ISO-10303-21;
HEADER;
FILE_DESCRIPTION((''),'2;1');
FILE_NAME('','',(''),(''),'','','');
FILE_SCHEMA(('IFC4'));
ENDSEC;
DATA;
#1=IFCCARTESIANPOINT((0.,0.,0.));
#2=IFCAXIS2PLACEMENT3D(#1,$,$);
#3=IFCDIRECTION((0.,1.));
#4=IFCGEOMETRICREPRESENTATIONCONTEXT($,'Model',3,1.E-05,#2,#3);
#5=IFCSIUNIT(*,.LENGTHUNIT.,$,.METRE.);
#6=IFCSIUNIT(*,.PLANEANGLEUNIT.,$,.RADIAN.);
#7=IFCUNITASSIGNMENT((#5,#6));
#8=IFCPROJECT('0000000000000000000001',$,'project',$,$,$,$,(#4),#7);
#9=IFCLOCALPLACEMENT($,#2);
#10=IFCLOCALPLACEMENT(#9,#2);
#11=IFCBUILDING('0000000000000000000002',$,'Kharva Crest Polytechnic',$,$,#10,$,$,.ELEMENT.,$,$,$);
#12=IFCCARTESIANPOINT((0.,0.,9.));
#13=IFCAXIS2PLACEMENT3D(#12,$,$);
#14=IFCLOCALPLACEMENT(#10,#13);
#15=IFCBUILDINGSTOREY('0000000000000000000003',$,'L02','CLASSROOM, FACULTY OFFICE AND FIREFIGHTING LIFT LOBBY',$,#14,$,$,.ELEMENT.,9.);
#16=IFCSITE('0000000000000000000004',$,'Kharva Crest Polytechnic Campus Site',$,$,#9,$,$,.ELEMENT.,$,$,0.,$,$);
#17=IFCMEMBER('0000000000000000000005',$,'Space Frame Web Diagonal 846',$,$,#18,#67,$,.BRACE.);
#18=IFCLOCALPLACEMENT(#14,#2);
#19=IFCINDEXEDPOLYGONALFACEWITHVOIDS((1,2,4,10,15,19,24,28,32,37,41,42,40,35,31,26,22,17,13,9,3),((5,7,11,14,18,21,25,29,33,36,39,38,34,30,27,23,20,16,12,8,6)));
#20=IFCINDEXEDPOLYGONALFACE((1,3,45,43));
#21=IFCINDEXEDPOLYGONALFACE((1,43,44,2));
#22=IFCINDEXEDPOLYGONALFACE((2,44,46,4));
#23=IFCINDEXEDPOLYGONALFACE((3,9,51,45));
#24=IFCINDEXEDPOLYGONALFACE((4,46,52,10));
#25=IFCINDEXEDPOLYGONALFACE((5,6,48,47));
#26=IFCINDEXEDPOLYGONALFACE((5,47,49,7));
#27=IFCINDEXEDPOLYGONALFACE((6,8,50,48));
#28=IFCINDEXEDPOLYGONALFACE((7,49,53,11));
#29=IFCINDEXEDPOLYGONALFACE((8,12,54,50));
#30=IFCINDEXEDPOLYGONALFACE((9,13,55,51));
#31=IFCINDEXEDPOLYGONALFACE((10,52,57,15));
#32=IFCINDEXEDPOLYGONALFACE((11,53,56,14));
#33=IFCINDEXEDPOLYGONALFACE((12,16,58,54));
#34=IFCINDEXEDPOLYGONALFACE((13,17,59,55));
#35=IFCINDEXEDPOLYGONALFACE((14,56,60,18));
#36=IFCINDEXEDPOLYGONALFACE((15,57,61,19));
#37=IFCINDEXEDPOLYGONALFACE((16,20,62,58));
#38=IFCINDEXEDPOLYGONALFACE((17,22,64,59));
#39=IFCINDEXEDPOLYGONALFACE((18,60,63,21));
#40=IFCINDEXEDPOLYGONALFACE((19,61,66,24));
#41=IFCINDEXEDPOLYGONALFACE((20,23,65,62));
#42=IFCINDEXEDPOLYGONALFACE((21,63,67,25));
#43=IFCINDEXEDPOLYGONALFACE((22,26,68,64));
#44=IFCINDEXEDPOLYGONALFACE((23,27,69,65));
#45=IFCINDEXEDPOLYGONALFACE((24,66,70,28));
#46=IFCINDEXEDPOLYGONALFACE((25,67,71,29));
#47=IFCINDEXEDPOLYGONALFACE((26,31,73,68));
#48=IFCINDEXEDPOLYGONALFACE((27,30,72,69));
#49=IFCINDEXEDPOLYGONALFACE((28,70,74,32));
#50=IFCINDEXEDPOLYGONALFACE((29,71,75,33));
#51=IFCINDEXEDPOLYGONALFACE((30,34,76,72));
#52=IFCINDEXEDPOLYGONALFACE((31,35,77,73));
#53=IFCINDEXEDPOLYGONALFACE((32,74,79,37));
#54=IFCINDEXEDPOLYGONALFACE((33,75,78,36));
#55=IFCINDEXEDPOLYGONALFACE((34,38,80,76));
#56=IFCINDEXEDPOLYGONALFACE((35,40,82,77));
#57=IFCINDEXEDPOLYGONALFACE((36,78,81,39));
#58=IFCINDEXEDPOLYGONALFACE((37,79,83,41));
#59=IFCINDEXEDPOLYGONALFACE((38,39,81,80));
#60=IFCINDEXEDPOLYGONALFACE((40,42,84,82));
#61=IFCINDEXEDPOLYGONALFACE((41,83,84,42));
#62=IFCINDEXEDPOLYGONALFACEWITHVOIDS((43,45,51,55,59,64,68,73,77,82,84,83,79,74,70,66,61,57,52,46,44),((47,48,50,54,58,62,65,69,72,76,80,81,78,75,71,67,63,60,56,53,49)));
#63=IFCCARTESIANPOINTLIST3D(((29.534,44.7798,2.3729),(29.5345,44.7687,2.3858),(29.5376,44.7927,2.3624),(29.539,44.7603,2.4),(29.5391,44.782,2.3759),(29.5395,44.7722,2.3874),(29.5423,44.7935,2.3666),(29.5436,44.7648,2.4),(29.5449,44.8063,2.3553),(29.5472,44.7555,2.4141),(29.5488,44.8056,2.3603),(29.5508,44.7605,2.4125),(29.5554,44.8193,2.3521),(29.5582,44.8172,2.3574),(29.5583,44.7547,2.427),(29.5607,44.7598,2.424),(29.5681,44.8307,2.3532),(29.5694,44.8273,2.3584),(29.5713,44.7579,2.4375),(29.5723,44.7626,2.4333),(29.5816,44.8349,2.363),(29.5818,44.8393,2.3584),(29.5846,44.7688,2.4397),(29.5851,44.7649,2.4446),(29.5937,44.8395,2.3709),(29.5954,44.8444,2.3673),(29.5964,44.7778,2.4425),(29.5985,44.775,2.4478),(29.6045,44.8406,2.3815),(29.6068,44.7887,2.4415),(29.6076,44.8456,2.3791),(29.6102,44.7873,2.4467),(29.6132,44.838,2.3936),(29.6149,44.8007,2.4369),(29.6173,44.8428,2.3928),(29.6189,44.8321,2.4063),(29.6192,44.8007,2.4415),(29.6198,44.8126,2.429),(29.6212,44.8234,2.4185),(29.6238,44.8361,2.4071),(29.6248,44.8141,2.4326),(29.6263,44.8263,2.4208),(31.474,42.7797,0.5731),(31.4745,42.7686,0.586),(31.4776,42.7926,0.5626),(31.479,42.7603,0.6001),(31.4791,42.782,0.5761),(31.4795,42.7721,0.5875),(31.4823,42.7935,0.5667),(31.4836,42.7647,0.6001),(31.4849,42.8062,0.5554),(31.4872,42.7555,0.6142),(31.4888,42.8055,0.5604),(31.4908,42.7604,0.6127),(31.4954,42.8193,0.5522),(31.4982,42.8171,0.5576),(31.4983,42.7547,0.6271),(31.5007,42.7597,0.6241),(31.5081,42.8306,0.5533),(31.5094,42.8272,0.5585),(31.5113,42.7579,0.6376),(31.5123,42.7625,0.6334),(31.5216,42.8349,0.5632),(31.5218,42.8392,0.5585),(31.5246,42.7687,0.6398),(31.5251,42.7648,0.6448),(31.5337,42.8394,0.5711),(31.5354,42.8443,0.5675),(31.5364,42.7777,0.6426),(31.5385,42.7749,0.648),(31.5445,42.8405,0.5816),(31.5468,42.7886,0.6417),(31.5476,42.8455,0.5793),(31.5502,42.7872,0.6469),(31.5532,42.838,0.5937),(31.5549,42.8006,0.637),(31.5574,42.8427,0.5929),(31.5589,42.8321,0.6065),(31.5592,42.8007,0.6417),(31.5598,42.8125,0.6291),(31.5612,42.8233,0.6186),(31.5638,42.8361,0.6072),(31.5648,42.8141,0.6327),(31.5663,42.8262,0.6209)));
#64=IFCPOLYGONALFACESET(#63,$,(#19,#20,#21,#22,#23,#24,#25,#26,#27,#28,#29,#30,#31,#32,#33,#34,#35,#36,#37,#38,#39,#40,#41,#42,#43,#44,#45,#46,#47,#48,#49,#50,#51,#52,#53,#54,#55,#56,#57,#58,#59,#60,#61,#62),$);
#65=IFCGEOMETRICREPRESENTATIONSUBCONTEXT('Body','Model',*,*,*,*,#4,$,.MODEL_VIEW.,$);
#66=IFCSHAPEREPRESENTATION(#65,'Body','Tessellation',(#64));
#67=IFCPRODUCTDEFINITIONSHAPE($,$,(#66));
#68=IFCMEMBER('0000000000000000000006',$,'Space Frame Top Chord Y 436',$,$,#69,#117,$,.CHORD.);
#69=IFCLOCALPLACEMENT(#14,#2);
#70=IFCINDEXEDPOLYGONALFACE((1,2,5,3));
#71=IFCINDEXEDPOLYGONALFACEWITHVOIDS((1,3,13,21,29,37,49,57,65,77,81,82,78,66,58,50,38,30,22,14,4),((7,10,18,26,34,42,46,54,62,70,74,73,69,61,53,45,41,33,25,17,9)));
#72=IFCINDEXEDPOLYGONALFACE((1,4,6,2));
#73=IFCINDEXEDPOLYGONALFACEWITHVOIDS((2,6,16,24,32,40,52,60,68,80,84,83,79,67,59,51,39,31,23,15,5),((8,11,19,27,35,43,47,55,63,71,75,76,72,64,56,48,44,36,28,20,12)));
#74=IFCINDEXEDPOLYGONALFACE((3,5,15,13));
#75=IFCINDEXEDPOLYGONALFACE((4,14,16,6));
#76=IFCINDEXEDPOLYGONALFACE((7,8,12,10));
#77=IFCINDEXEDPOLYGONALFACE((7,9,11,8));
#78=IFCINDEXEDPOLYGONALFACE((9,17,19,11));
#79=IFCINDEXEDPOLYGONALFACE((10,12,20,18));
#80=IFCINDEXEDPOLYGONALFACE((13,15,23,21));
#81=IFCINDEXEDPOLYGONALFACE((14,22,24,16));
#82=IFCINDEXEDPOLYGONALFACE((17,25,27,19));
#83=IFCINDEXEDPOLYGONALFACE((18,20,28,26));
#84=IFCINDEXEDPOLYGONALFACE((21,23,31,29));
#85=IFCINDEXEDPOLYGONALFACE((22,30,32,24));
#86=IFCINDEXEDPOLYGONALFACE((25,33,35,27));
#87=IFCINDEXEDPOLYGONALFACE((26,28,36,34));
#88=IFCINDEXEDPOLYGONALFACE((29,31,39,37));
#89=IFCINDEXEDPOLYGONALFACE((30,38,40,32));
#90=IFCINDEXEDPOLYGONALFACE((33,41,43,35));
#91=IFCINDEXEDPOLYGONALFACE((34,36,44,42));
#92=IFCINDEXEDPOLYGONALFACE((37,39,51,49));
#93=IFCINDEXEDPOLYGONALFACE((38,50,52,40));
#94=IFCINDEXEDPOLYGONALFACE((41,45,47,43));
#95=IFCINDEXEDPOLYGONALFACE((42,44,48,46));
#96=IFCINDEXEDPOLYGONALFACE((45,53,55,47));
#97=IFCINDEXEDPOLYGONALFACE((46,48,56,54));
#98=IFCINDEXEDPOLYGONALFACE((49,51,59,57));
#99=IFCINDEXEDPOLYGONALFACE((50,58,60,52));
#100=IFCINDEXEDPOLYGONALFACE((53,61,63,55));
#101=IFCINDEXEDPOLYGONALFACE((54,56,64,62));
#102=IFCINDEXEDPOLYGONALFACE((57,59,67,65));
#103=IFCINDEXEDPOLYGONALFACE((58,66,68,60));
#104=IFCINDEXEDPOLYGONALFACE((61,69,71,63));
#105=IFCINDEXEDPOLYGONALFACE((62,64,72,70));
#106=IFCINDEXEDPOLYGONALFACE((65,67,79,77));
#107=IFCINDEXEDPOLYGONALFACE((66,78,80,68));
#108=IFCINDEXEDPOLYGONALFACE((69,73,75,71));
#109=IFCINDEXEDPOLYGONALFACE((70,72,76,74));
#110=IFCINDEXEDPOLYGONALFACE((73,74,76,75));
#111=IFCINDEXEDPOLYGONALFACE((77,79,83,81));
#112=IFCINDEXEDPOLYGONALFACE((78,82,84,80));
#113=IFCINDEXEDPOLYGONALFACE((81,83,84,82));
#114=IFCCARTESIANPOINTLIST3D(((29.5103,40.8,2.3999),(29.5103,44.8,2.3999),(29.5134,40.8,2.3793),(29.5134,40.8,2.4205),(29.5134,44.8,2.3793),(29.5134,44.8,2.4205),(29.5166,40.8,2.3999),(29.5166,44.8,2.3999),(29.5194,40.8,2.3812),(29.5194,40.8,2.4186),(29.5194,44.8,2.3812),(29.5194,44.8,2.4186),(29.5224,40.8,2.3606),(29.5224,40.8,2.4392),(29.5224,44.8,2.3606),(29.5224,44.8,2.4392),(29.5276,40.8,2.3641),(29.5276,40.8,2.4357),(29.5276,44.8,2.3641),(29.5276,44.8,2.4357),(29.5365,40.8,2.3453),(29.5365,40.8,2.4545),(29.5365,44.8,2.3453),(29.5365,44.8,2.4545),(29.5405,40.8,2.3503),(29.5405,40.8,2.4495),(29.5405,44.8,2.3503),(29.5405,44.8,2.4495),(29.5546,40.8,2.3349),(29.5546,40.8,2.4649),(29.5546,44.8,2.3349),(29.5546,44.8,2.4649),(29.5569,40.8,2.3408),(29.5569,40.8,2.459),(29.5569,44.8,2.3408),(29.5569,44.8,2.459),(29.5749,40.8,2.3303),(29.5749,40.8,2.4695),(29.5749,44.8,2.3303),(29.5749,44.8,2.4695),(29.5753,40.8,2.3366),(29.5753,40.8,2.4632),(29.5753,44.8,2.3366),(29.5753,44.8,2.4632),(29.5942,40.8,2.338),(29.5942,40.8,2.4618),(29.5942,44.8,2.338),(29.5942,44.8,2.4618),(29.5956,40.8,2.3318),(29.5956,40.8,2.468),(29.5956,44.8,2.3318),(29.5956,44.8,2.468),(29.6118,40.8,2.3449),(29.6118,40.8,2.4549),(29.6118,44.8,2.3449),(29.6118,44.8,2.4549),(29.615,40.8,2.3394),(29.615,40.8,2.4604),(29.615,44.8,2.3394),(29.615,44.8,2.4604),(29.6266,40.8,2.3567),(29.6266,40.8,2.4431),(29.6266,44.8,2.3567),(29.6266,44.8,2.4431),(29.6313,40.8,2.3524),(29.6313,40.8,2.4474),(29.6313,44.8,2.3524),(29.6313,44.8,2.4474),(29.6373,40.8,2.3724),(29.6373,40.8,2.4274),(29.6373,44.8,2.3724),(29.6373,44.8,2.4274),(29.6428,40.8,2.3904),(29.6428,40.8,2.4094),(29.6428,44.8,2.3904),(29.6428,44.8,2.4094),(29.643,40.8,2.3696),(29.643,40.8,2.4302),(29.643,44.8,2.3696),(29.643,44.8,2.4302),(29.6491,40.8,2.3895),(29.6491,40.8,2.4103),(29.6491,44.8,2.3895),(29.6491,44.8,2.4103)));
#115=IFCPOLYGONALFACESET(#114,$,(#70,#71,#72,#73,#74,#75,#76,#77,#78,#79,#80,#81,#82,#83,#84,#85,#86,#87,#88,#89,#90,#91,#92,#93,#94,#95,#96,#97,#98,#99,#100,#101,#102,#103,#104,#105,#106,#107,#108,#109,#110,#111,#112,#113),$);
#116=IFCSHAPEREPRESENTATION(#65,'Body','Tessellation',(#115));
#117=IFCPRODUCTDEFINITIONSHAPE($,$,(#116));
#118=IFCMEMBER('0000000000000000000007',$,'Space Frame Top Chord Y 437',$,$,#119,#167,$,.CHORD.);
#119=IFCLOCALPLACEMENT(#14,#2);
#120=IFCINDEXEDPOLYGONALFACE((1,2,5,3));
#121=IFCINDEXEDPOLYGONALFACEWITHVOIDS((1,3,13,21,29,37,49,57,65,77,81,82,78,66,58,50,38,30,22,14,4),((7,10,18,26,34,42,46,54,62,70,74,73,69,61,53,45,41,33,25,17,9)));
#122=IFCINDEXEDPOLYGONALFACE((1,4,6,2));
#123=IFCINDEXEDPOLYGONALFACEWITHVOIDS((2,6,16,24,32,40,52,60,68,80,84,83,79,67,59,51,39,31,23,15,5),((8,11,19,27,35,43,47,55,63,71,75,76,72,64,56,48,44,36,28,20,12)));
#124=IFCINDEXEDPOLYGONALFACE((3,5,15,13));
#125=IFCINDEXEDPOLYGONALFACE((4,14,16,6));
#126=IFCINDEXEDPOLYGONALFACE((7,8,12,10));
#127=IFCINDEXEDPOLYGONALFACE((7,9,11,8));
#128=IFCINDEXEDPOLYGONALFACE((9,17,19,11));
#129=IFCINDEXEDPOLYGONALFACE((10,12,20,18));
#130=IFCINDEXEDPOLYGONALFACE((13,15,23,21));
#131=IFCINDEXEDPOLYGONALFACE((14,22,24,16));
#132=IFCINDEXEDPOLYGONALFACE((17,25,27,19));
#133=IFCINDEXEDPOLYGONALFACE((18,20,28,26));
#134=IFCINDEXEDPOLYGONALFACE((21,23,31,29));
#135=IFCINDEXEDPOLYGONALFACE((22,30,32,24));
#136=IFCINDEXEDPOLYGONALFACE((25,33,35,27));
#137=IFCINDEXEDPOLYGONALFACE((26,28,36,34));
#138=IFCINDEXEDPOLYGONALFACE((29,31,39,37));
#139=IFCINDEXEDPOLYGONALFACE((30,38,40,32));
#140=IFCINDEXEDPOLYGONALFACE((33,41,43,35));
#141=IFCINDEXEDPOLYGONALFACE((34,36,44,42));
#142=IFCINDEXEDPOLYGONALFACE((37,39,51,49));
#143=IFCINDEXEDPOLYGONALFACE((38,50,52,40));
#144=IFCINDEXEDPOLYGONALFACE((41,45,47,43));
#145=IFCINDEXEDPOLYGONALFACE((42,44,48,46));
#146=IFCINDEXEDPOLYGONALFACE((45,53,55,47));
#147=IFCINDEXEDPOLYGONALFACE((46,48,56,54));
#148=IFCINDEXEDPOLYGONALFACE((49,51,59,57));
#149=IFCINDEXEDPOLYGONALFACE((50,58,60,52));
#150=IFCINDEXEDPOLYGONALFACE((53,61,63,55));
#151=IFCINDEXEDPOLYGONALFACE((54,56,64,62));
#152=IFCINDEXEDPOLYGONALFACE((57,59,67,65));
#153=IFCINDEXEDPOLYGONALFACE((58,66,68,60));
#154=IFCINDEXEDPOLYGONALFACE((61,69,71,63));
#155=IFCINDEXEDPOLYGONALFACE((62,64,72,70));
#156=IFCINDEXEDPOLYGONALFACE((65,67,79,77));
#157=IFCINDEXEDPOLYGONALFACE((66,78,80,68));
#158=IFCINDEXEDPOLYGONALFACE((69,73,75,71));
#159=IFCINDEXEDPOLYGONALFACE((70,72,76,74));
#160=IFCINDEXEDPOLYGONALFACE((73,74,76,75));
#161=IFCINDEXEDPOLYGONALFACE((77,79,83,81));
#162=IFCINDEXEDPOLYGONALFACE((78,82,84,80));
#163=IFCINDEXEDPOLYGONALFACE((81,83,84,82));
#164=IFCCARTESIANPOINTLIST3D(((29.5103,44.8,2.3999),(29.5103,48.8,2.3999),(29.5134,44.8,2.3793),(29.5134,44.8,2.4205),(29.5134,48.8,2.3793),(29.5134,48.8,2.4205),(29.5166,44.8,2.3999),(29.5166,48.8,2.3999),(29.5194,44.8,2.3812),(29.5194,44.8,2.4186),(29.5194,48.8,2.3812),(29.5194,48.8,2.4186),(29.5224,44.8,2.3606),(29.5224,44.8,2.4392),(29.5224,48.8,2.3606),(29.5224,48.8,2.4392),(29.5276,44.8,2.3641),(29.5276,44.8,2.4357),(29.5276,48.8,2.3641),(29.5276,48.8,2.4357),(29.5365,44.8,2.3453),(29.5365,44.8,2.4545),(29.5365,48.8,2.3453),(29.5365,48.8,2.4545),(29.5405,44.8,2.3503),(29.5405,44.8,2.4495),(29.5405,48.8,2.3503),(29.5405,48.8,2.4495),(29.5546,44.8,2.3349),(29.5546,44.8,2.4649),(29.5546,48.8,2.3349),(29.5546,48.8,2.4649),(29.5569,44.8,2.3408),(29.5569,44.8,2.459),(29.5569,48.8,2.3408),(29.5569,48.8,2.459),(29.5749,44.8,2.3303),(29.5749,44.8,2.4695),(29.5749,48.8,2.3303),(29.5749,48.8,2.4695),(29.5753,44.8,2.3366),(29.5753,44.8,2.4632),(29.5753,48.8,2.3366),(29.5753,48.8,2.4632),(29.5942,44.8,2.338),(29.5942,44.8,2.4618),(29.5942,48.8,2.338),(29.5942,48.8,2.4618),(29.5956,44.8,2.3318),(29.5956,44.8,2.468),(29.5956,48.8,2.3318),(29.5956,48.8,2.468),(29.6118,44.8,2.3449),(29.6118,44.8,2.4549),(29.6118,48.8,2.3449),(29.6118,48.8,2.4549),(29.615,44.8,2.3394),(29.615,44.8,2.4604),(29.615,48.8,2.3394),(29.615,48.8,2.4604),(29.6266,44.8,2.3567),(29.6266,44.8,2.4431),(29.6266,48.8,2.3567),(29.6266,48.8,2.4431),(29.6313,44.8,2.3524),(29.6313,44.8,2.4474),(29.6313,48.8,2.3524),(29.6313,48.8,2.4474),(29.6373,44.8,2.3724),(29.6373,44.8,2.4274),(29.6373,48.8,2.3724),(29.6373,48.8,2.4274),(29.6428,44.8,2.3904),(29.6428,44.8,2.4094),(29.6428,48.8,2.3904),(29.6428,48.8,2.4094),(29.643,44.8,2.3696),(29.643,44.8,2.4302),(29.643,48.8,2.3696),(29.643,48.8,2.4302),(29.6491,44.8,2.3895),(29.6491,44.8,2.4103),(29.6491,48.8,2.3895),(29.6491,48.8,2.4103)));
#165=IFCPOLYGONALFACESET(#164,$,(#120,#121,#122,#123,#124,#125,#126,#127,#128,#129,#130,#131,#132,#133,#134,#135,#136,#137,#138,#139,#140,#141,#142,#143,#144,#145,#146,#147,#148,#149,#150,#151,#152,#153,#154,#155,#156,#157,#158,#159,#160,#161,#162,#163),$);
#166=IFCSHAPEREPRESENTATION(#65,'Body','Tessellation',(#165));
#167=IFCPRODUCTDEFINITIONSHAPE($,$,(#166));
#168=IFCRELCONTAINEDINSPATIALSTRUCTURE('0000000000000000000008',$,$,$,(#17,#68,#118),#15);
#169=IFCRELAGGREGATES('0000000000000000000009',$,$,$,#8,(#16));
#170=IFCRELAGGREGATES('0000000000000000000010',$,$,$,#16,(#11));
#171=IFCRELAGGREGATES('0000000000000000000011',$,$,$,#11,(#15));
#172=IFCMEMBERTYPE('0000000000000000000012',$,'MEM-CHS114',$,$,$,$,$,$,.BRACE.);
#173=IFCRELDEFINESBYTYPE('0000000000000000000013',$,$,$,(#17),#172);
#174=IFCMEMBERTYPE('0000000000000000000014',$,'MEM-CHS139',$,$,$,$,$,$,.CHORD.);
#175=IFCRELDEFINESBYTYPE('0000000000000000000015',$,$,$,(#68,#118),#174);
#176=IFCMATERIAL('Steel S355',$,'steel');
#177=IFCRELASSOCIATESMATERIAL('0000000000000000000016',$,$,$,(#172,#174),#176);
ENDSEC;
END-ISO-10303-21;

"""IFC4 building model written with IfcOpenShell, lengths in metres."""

from ifc_helpers import new_model, si_unit, direction, frame, origin, origin_2d, place, context, subcontext, project, spatial, hollow_circle, extrude, material, material_profile, profile_set, type_object, element, save


model = new_model("IFC4")

# Units and contexts
model_context = context("Model", 3, precision=1e-05, world=origin(), true_north=direction((0.0, 1.0)))
body_context = subcontext(model_context, "Body", "Model", "MODEL_VIEW")
ifc_project = project(units=[si_unit("LENGTHUNIT", "METRE"), si_unit("PLANEANGLEUNIT", "RADIAN")], contexts=[model_context])

# Site, building, storey
site_placement = place(None, origin())
site = spatial("IfcSite", under=ifc_project, at=site_placement, Name="Kharva Crest Polytechnic Campus Site", CompositionType="ELEMENT", RefElevation=0.0)
building_placement = place(site_placement, origin())
building = spatial("IfcBuilding", under=site, at=building_placement, Name="Kharva Crest Polytechnic", CompositionType="ELEMENT")
storey_placement = place(building_placement, frame((0.0, 0.0, 9.0)))
storey = spatial("IfcBuildingStorey", under=building, at=storey_placement, Name="L02", Description="CLASSROOM, FACULTY OFFICE AND FIREFIGHTING LIFT LOBBY", CompositionType="ELEMENT", Elevation=9.0)

# Members
ifc_material_1 = material(Name="Steel S355", Category="steel")
ifc_material_profile_1 = material_profile(ifc_material_1, hollow_circle(Radius=0.0571, WallThickness=0.0063, at=origin_2d()), Name="CHS 114.3X6.3")
ifc_profile_set_1 = profile_set([ifc_material_profile_1], Name="Steel S355")
member_type_1 = type_object("IfcMemberType", Name="MEM-CHS114", PredefinedType="BRACE", material=ifc_profile_set_1)
for number, where, z_axis, x_axis, name in (
    (1, (31.52, 42.8, 0.6001), (-0.584843, 0.60295, 0.542596), (-0.717802, -0.696247, 0.0), "Space Frame Web Diagonal 846"),
):
    element("IfcMember", number, at=place(storey_placement, frame(where, z_axis=z_axis, x_axis=x_axis)), inside=storey, type_object=member_type_1, Name=name, PredefinedType="BRACE", context=body_context, shape_type="SweptSolid", body=[
        extrude(hollow_circle(Radius=0.0571, WallThickness=0.0063, at=origin_2d()), origin(), (0.0, 0.0, 1.0), 3.3171),
    ])
ifc_material_profile_2 = material_profile(ifc_material_1, hollow_circle(Radius=0.0698, WallThickness=0.0063, at=origin_2d()), Name="CHS 139.7X6.3")
ifc_profile_set_2 = profile_set([ifc_material_profile_2], Name="Steel S355")
member_type_2 = type_object("IfcMemberType", Name="MEM-CHS139", PredefinedType="CHORD", material=ifc_profile_set_2)
for number, where, z_axis, x_axis, name in (
    (2, (29.5801, 40.8, 2.3999), (0.0, 1.0, 0.0), (-1.0, 0.0, 0.0), "Space Frame Top Chord Y 436"),
    (3, (29.5801, 44.8, 2.3999), (0.0, 1.0, 0.0), (-1.0, 0.0, 0.0), "Space Frame Top Chord Y 437"),
):
    element("IfcMember", number, at=place(storey_placement, frame(where, z_axis=z_axis, x_axis=x_axis)), inside=storey, type_object=member_type_2, Name=name, PredefinedType="CHORD", context=body_context, shape_type="SweptSolid", body=[
        extrude(hollow_circle(Radius=0.0698, WallThickness=0.0063, at=origin_2d()), origin(), (0.0, 0.0, 1.0), 4.0),
    ])

save(model, "model.ifc")
